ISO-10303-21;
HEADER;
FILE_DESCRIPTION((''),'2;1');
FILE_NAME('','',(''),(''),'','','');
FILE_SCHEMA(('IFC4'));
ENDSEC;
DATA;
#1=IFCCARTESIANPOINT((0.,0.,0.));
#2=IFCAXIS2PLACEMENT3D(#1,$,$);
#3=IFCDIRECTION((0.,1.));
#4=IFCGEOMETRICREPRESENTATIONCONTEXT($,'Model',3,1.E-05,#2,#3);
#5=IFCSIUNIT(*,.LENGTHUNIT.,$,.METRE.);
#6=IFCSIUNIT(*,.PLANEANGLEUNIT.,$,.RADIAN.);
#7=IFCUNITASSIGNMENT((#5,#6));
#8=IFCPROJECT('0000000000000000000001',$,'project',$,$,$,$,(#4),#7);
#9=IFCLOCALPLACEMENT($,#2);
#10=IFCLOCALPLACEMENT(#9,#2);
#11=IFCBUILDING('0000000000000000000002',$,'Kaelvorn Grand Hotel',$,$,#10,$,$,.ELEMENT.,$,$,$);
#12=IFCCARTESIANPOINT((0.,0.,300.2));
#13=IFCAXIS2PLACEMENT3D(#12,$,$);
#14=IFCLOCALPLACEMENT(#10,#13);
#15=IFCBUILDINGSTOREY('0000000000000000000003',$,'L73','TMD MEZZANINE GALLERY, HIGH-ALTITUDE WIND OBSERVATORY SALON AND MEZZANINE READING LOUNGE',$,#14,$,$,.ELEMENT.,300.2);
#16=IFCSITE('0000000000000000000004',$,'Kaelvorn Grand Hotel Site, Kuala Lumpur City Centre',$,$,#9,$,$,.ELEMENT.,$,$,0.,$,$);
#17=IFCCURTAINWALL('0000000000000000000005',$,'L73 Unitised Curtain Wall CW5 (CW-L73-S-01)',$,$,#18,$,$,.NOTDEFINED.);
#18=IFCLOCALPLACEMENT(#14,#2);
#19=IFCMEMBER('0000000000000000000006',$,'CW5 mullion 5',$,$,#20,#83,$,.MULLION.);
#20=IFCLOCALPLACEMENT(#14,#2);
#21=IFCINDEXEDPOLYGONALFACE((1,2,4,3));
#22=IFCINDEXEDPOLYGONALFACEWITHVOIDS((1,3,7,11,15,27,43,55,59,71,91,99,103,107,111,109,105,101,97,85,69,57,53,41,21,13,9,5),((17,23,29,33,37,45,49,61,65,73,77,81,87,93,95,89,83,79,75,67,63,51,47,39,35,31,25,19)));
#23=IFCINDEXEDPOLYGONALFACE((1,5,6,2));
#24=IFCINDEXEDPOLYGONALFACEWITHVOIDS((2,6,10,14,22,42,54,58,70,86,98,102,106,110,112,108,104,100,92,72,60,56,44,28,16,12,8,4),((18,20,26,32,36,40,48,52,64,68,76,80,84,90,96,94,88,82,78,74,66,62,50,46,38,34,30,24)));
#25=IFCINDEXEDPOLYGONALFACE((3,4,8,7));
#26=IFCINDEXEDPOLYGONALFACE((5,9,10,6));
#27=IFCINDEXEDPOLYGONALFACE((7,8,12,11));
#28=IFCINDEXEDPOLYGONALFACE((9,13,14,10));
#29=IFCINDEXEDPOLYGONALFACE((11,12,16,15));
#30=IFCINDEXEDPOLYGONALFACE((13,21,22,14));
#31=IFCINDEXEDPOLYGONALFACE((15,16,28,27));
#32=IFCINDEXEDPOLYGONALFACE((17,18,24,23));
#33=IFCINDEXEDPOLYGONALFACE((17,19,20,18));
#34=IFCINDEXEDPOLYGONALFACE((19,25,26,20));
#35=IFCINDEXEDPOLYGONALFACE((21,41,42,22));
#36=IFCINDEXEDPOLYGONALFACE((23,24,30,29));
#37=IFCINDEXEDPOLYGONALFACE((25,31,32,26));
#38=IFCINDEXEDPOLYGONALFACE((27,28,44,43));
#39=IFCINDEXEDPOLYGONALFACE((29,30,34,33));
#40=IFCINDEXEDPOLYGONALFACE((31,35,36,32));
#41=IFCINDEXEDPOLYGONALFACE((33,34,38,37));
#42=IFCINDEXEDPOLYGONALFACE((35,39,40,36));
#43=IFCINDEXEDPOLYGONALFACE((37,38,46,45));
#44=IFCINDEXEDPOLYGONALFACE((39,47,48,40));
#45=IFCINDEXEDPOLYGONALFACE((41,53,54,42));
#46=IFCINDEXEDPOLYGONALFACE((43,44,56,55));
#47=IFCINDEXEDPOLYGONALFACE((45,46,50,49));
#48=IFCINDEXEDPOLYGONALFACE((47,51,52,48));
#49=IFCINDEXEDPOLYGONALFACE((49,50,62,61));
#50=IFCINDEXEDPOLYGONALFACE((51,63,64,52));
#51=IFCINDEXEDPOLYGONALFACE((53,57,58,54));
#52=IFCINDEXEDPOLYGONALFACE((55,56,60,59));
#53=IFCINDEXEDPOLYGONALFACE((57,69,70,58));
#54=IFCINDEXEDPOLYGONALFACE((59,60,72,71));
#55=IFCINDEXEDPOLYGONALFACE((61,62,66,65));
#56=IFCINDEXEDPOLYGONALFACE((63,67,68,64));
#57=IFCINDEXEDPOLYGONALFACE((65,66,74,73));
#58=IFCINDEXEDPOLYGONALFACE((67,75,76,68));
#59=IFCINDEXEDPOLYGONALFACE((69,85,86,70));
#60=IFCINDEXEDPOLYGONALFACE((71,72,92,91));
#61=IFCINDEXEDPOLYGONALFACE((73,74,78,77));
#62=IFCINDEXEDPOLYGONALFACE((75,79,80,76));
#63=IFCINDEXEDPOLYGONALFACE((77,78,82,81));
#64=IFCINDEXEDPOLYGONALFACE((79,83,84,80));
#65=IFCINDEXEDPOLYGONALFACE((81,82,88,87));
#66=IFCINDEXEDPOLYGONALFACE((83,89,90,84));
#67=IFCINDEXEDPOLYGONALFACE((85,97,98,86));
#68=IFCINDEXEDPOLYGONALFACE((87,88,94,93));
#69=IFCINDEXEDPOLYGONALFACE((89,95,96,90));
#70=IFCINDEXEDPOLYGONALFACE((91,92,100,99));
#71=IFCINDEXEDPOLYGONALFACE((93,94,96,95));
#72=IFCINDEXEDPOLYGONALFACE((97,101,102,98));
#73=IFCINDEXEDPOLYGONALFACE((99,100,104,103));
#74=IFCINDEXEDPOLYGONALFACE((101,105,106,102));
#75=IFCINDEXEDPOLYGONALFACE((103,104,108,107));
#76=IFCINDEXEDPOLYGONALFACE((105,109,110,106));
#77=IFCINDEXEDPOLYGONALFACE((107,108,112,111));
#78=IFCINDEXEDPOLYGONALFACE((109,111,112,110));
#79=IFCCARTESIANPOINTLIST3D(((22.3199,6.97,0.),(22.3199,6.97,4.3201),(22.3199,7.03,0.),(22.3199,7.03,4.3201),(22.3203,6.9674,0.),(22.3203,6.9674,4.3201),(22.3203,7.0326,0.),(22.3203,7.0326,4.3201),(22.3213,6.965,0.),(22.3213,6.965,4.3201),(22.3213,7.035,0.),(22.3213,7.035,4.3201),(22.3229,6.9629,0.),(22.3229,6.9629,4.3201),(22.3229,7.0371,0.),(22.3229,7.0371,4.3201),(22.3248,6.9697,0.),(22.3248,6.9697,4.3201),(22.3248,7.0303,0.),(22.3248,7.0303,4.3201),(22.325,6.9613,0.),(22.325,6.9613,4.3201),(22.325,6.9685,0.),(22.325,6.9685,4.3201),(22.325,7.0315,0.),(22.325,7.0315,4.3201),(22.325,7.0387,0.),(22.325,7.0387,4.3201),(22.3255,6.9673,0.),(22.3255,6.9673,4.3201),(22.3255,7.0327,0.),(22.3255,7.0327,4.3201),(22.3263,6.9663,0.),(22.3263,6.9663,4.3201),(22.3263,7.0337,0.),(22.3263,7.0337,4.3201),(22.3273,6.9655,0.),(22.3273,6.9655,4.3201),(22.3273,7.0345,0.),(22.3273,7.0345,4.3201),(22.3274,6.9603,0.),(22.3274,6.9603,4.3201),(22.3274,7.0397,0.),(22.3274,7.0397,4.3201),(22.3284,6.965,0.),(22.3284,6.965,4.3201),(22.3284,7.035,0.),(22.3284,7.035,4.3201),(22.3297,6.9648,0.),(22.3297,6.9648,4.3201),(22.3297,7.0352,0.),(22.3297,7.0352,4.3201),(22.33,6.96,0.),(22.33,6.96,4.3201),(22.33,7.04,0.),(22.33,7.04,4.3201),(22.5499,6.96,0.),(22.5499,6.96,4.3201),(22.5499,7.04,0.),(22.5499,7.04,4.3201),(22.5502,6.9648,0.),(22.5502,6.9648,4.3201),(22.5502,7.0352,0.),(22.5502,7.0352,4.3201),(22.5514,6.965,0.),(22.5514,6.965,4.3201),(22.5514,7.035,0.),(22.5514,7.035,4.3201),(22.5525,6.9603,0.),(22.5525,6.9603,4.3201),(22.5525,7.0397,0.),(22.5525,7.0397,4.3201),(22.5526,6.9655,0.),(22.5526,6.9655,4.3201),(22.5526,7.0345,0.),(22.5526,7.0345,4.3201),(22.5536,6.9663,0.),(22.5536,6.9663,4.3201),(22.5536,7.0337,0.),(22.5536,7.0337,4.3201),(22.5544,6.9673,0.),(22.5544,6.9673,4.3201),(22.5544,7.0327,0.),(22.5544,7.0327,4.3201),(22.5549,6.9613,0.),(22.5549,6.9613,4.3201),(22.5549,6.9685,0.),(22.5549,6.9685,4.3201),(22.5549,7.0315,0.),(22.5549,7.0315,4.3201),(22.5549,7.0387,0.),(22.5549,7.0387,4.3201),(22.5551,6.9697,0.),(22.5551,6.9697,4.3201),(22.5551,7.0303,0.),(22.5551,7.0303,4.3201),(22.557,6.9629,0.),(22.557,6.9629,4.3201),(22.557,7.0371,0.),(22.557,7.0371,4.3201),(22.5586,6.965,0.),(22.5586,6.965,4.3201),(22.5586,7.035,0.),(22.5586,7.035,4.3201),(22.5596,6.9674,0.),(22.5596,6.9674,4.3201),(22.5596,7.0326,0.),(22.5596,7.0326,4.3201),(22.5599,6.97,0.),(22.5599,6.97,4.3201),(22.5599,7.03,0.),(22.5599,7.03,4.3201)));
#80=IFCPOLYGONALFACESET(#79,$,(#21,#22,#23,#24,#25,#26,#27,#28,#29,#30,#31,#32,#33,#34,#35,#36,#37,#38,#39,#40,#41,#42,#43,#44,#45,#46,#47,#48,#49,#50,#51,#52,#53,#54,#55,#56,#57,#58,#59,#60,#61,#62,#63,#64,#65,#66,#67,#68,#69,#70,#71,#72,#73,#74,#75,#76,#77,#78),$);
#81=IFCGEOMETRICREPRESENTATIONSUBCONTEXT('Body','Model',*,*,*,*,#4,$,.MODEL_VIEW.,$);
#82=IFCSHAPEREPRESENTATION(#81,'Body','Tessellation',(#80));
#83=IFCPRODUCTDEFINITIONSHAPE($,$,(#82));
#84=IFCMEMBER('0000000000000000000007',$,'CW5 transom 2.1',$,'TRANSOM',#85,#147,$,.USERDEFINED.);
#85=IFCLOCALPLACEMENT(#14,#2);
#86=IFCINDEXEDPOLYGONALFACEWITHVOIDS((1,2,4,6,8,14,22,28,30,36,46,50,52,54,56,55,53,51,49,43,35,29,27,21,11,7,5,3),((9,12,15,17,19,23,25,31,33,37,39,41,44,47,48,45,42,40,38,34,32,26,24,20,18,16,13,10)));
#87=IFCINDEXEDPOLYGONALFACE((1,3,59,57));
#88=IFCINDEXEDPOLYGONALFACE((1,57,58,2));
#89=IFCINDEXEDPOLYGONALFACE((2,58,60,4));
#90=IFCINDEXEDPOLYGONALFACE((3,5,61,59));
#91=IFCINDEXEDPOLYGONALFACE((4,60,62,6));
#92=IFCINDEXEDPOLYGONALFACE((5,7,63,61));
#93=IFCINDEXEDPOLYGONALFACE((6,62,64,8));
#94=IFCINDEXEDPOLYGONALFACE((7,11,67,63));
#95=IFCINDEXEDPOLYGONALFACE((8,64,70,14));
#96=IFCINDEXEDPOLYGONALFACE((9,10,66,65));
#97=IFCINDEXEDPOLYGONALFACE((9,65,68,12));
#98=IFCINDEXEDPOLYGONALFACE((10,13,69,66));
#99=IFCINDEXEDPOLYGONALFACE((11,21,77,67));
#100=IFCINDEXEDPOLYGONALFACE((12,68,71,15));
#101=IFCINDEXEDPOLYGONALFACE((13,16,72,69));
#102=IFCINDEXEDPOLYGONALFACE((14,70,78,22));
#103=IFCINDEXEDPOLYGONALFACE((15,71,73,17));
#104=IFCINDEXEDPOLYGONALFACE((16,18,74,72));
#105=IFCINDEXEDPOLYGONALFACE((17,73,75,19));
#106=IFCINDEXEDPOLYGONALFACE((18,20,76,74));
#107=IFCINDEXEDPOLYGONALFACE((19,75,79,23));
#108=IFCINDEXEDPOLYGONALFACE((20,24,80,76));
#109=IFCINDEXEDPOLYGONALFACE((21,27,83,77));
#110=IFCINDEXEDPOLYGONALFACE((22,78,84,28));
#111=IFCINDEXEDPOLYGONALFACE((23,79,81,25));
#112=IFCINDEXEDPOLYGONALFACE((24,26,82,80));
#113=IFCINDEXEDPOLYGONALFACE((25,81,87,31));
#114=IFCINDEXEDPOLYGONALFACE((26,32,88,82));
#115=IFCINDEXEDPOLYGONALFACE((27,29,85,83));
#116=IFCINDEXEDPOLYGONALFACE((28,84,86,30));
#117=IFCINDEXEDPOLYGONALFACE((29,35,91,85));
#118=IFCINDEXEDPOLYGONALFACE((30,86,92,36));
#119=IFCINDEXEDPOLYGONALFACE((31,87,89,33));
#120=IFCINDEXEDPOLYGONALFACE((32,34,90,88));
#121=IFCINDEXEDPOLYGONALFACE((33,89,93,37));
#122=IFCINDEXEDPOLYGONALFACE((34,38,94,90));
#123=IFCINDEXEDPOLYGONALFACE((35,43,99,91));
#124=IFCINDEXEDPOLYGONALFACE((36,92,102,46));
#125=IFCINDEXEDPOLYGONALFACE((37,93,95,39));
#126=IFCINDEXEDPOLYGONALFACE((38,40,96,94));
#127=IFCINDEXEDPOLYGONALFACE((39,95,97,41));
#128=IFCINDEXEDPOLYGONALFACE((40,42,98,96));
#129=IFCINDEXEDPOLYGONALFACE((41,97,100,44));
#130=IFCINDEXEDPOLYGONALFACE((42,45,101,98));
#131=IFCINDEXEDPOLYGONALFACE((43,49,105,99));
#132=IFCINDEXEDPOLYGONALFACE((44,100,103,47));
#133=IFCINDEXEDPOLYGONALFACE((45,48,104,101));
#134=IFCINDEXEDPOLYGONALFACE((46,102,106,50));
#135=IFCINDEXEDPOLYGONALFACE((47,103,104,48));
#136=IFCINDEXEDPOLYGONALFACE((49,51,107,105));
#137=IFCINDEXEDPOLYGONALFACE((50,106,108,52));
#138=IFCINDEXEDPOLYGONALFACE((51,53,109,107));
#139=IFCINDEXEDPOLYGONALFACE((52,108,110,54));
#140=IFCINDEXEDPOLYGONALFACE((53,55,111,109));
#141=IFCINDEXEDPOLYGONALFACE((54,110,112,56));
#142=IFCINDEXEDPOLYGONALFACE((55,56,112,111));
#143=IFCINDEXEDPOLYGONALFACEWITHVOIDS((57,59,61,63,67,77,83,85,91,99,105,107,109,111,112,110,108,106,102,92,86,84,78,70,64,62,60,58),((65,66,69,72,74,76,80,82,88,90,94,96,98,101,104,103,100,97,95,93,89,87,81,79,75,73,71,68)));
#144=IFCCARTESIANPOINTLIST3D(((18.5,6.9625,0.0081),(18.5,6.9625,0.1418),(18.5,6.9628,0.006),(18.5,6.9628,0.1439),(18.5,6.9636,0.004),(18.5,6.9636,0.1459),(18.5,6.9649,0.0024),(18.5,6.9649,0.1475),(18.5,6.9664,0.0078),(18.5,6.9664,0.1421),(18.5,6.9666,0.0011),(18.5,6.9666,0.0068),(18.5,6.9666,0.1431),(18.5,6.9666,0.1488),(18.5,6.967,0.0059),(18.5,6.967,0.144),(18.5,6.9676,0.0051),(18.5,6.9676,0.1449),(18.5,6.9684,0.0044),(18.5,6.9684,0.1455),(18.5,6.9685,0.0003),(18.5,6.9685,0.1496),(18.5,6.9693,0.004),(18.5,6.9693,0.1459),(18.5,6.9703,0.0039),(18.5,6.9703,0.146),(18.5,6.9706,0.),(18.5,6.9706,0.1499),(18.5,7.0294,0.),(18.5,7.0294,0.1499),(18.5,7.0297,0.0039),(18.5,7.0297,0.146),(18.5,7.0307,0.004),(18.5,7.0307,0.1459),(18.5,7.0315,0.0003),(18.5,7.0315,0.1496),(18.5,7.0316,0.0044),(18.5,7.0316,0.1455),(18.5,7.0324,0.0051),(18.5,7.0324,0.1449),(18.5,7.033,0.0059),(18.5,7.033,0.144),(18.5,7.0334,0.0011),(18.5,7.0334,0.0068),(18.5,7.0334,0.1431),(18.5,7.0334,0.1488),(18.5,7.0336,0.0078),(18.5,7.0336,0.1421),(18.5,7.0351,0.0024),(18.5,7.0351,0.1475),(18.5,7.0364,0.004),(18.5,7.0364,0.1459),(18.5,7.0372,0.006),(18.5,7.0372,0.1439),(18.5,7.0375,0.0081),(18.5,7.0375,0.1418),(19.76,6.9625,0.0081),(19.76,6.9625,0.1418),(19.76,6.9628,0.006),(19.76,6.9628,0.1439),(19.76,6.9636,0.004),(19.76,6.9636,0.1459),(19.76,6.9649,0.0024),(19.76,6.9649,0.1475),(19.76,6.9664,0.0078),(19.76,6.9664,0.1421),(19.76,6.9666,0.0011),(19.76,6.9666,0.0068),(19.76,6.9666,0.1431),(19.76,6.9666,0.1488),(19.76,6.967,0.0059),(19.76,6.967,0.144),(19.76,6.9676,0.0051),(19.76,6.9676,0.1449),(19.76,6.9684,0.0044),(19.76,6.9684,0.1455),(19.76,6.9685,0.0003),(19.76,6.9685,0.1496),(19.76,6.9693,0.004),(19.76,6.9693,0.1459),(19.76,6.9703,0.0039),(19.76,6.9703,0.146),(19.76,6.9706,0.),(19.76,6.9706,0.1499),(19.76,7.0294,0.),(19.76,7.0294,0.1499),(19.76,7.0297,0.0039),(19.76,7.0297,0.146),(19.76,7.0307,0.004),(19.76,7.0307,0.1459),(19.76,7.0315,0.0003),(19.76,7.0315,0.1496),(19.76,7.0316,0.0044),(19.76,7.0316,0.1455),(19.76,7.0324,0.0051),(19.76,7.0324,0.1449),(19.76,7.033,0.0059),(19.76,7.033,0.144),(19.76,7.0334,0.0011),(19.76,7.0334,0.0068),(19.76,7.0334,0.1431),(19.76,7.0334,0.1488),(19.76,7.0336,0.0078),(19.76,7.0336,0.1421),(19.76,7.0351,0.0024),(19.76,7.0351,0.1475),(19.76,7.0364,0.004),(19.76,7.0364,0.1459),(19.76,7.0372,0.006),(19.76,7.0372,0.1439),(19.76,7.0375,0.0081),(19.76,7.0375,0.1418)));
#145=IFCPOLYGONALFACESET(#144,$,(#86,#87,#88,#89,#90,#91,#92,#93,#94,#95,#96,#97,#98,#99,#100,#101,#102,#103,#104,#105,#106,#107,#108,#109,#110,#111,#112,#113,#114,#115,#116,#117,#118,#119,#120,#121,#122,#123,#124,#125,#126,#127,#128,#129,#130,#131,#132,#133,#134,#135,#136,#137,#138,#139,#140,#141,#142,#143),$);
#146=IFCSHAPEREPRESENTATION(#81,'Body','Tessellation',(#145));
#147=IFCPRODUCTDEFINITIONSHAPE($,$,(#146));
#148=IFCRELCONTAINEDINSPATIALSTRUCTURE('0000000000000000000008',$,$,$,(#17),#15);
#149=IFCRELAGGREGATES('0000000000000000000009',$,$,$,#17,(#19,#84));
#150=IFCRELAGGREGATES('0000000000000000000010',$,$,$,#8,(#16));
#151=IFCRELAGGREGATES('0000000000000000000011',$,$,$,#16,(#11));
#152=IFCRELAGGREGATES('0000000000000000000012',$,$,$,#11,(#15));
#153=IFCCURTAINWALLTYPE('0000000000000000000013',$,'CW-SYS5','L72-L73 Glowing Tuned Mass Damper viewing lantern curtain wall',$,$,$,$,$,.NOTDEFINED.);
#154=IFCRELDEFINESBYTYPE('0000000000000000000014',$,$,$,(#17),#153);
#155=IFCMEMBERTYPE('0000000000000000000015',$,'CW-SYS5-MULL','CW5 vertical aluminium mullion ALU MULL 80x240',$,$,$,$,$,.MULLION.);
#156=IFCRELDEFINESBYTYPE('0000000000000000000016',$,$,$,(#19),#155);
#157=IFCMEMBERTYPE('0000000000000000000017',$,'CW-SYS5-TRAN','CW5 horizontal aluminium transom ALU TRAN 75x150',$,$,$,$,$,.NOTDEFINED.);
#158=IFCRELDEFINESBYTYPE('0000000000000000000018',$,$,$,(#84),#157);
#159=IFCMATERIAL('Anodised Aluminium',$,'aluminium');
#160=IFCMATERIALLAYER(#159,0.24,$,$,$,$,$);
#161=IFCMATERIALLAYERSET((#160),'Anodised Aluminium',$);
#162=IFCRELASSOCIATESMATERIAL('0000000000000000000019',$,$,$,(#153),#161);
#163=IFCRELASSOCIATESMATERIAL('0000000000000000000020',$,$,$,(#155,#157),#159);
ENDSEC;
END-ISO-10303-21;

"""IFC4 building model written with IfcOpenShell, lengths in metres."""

from ifc_helpers import new_model, si_unit, direction, frame, origin, origin_2d, place, context, subcontext, project, spatial, hollow_rectangle, extrude, material, layer, layer_set, material_profile, profile_set, type_object, element, aggregate, save


model = new_model("IFC4")

# Units and contexts
model_context = context("Model", 3, precision=1e-05, world=origin(), true_north=direction((0.0, 1.0)))
body_context = subcontext(model_context, "Body", "Model", "MODEL_VIEW")
ifc_project = project(units=[si_unit("LENGTHUNIT", "METRE"), si_unit("PLANEANGLEUNIT", "RADIAN")], contexts=[model_context])

# Site, building, storey
site_placement = place(None, origin())
site = spatial("IfcSite", under=ifc_project, at=site_placement, Name="Kaelvorn Grand Hotel Site, Kuala Lumpur City Centre", CompositionType="ELEMENT", RefElevation=0.0)
building_placement = place(site_placement, origin())
building = spatial("IfcBuilding", under=site, at=building_placement, Name="Kaelvorn Grand Hotel", CompositionType="ELEMENT")
storey_placement = place(building_placement, frame((0.0, 0.0, 300.2)))
storey = spatial("IfcBuildingStorey", under=building, at=storey_placement, Name="L73", Description="TMD MEZZANINE GALLERY, HIGH-ALTITUDE WIND OBSERVATORY SALON AND MEZZANINE READING LOUNGE", CompositionType="ELEMENT", Elevation=300.2)

# Curtain wall, members
ifc_material_1 = material(Name="Anodised Aluminium", Category="aluminium")
ifc_layer_1 = layer(ifc_material_1, 0.24)
ifc_layer_set_1 = layer_set([ifc_layer_1], Name="Anodised Aluminium")
curtain_wall_type = type_object("IfcCurtainWallType", Name="CW-SYS5", Description="L72-L73 Glowing Tuned Mass Damper viewing lantern curtain wall", PredefinedType="NOTDEFINED", material=ifc_layer_set_1)
curtain_wall_placement = place(storey_placement, origin())
curtain_wall = element("IfcCurtainWall", 1, at=curtain_wall_placement, inside=storey, type_object=curtain_wall_type, Name="L73 Unitised Curtain Wall CW5 (CW-L73-S-01)", PredefinedType="NOTDEFINED")
ifc_material_profile_1 = material_profile(ifc_material_1, hollow_rectangle(XDim=0.0801, YDim=0.24, WallThickness=0.0049, InnerFilletRadius=0.0049, OuterFilletRadius=0.01, at=origin_2d()), Name="ALU MULL 80x240")
ifc_profile_set_1 = profile_set([ifc_material_profile_1], Name="Anodised Aluminium")
member_type_1 = type_object("IfcMemberType", Name="CW-SYS5-MULL", Description="CW5 vertical aluminium mullion ALU MULL 80x240", PredefinedType="MULLION", material=ifc_profile_set_1)
member_1_placement = place(storey_placement, frame((22.4399, 7.0, 0.0), z_axis=(0.0, 0.0, 1.0), x_axis=(0.0, 1.0, 0.0)))
member_1 = element("IfcMember", 2, at=member_1_placement, type_object=member_type_1, Name="CW5 mullion 5", PredefinedType="MULLION", context=body_context, shape_type="SweptSolid", body=[
    extrude(hollow_rectangle(XDim=0.0801, YDim=0.24, WallThickness=0.0049, InnerFilletRadius=0.0049, OuterFilletRadius=0.01, at=origin_2d()), origin(), (0.0, 0.0, 1.0), 4.3201),
])
ifc_material_profile_2 = material_profile(ifc_material_1, hollow_rectangle(XDim=0.075, YDim=0.1499, WallThickness=0.0039, InnerFilletRadius=0.0039, OuterFilletRadius=0.0081, at=origin_2d()), Name="ALU TRAN 75x150")
ifc_profile_set_2 = profile_set([ifc_material_profile_2], Name="Anodised Aluminium")
member_type_2 = type_object("IfcMemberType", Name="CW-SYS5-TRAN", Description="CW5 horizontal aluminium transom ALU TRAN 75x150", PredefinedType="NOTDEFINED", material=ifc_profile_set_2)
member_2_placement = place(storey_placement, frame((18.5, 7.0, 0.075), z_axis=(1.0, 0.0, 0.0), x_axis=(0.0, 1.0, 0.0)))
member_2 = element("IfcMember", 3, at=member_2_placement, type_object=member_type_2, Name="CW5 transom 2.1", ObjectType="TRANSOM", PredefinedType="USERDEFINED", context=body_context, shape_type="SweptSolid", body=[
    extrude(hollow_rectangle(XDim=0.075, YDim=0.1499, WallThickness=0.0039, InnerFilletRadius=0.0039, OuterFilletRadius=0.0081, at=origin_2d()), origin(), (0.0, 0.0, 1.0), 1.26),
])
aggregate(curtain_wall, [member_1, member_2])

save(model, "model.ifc")
